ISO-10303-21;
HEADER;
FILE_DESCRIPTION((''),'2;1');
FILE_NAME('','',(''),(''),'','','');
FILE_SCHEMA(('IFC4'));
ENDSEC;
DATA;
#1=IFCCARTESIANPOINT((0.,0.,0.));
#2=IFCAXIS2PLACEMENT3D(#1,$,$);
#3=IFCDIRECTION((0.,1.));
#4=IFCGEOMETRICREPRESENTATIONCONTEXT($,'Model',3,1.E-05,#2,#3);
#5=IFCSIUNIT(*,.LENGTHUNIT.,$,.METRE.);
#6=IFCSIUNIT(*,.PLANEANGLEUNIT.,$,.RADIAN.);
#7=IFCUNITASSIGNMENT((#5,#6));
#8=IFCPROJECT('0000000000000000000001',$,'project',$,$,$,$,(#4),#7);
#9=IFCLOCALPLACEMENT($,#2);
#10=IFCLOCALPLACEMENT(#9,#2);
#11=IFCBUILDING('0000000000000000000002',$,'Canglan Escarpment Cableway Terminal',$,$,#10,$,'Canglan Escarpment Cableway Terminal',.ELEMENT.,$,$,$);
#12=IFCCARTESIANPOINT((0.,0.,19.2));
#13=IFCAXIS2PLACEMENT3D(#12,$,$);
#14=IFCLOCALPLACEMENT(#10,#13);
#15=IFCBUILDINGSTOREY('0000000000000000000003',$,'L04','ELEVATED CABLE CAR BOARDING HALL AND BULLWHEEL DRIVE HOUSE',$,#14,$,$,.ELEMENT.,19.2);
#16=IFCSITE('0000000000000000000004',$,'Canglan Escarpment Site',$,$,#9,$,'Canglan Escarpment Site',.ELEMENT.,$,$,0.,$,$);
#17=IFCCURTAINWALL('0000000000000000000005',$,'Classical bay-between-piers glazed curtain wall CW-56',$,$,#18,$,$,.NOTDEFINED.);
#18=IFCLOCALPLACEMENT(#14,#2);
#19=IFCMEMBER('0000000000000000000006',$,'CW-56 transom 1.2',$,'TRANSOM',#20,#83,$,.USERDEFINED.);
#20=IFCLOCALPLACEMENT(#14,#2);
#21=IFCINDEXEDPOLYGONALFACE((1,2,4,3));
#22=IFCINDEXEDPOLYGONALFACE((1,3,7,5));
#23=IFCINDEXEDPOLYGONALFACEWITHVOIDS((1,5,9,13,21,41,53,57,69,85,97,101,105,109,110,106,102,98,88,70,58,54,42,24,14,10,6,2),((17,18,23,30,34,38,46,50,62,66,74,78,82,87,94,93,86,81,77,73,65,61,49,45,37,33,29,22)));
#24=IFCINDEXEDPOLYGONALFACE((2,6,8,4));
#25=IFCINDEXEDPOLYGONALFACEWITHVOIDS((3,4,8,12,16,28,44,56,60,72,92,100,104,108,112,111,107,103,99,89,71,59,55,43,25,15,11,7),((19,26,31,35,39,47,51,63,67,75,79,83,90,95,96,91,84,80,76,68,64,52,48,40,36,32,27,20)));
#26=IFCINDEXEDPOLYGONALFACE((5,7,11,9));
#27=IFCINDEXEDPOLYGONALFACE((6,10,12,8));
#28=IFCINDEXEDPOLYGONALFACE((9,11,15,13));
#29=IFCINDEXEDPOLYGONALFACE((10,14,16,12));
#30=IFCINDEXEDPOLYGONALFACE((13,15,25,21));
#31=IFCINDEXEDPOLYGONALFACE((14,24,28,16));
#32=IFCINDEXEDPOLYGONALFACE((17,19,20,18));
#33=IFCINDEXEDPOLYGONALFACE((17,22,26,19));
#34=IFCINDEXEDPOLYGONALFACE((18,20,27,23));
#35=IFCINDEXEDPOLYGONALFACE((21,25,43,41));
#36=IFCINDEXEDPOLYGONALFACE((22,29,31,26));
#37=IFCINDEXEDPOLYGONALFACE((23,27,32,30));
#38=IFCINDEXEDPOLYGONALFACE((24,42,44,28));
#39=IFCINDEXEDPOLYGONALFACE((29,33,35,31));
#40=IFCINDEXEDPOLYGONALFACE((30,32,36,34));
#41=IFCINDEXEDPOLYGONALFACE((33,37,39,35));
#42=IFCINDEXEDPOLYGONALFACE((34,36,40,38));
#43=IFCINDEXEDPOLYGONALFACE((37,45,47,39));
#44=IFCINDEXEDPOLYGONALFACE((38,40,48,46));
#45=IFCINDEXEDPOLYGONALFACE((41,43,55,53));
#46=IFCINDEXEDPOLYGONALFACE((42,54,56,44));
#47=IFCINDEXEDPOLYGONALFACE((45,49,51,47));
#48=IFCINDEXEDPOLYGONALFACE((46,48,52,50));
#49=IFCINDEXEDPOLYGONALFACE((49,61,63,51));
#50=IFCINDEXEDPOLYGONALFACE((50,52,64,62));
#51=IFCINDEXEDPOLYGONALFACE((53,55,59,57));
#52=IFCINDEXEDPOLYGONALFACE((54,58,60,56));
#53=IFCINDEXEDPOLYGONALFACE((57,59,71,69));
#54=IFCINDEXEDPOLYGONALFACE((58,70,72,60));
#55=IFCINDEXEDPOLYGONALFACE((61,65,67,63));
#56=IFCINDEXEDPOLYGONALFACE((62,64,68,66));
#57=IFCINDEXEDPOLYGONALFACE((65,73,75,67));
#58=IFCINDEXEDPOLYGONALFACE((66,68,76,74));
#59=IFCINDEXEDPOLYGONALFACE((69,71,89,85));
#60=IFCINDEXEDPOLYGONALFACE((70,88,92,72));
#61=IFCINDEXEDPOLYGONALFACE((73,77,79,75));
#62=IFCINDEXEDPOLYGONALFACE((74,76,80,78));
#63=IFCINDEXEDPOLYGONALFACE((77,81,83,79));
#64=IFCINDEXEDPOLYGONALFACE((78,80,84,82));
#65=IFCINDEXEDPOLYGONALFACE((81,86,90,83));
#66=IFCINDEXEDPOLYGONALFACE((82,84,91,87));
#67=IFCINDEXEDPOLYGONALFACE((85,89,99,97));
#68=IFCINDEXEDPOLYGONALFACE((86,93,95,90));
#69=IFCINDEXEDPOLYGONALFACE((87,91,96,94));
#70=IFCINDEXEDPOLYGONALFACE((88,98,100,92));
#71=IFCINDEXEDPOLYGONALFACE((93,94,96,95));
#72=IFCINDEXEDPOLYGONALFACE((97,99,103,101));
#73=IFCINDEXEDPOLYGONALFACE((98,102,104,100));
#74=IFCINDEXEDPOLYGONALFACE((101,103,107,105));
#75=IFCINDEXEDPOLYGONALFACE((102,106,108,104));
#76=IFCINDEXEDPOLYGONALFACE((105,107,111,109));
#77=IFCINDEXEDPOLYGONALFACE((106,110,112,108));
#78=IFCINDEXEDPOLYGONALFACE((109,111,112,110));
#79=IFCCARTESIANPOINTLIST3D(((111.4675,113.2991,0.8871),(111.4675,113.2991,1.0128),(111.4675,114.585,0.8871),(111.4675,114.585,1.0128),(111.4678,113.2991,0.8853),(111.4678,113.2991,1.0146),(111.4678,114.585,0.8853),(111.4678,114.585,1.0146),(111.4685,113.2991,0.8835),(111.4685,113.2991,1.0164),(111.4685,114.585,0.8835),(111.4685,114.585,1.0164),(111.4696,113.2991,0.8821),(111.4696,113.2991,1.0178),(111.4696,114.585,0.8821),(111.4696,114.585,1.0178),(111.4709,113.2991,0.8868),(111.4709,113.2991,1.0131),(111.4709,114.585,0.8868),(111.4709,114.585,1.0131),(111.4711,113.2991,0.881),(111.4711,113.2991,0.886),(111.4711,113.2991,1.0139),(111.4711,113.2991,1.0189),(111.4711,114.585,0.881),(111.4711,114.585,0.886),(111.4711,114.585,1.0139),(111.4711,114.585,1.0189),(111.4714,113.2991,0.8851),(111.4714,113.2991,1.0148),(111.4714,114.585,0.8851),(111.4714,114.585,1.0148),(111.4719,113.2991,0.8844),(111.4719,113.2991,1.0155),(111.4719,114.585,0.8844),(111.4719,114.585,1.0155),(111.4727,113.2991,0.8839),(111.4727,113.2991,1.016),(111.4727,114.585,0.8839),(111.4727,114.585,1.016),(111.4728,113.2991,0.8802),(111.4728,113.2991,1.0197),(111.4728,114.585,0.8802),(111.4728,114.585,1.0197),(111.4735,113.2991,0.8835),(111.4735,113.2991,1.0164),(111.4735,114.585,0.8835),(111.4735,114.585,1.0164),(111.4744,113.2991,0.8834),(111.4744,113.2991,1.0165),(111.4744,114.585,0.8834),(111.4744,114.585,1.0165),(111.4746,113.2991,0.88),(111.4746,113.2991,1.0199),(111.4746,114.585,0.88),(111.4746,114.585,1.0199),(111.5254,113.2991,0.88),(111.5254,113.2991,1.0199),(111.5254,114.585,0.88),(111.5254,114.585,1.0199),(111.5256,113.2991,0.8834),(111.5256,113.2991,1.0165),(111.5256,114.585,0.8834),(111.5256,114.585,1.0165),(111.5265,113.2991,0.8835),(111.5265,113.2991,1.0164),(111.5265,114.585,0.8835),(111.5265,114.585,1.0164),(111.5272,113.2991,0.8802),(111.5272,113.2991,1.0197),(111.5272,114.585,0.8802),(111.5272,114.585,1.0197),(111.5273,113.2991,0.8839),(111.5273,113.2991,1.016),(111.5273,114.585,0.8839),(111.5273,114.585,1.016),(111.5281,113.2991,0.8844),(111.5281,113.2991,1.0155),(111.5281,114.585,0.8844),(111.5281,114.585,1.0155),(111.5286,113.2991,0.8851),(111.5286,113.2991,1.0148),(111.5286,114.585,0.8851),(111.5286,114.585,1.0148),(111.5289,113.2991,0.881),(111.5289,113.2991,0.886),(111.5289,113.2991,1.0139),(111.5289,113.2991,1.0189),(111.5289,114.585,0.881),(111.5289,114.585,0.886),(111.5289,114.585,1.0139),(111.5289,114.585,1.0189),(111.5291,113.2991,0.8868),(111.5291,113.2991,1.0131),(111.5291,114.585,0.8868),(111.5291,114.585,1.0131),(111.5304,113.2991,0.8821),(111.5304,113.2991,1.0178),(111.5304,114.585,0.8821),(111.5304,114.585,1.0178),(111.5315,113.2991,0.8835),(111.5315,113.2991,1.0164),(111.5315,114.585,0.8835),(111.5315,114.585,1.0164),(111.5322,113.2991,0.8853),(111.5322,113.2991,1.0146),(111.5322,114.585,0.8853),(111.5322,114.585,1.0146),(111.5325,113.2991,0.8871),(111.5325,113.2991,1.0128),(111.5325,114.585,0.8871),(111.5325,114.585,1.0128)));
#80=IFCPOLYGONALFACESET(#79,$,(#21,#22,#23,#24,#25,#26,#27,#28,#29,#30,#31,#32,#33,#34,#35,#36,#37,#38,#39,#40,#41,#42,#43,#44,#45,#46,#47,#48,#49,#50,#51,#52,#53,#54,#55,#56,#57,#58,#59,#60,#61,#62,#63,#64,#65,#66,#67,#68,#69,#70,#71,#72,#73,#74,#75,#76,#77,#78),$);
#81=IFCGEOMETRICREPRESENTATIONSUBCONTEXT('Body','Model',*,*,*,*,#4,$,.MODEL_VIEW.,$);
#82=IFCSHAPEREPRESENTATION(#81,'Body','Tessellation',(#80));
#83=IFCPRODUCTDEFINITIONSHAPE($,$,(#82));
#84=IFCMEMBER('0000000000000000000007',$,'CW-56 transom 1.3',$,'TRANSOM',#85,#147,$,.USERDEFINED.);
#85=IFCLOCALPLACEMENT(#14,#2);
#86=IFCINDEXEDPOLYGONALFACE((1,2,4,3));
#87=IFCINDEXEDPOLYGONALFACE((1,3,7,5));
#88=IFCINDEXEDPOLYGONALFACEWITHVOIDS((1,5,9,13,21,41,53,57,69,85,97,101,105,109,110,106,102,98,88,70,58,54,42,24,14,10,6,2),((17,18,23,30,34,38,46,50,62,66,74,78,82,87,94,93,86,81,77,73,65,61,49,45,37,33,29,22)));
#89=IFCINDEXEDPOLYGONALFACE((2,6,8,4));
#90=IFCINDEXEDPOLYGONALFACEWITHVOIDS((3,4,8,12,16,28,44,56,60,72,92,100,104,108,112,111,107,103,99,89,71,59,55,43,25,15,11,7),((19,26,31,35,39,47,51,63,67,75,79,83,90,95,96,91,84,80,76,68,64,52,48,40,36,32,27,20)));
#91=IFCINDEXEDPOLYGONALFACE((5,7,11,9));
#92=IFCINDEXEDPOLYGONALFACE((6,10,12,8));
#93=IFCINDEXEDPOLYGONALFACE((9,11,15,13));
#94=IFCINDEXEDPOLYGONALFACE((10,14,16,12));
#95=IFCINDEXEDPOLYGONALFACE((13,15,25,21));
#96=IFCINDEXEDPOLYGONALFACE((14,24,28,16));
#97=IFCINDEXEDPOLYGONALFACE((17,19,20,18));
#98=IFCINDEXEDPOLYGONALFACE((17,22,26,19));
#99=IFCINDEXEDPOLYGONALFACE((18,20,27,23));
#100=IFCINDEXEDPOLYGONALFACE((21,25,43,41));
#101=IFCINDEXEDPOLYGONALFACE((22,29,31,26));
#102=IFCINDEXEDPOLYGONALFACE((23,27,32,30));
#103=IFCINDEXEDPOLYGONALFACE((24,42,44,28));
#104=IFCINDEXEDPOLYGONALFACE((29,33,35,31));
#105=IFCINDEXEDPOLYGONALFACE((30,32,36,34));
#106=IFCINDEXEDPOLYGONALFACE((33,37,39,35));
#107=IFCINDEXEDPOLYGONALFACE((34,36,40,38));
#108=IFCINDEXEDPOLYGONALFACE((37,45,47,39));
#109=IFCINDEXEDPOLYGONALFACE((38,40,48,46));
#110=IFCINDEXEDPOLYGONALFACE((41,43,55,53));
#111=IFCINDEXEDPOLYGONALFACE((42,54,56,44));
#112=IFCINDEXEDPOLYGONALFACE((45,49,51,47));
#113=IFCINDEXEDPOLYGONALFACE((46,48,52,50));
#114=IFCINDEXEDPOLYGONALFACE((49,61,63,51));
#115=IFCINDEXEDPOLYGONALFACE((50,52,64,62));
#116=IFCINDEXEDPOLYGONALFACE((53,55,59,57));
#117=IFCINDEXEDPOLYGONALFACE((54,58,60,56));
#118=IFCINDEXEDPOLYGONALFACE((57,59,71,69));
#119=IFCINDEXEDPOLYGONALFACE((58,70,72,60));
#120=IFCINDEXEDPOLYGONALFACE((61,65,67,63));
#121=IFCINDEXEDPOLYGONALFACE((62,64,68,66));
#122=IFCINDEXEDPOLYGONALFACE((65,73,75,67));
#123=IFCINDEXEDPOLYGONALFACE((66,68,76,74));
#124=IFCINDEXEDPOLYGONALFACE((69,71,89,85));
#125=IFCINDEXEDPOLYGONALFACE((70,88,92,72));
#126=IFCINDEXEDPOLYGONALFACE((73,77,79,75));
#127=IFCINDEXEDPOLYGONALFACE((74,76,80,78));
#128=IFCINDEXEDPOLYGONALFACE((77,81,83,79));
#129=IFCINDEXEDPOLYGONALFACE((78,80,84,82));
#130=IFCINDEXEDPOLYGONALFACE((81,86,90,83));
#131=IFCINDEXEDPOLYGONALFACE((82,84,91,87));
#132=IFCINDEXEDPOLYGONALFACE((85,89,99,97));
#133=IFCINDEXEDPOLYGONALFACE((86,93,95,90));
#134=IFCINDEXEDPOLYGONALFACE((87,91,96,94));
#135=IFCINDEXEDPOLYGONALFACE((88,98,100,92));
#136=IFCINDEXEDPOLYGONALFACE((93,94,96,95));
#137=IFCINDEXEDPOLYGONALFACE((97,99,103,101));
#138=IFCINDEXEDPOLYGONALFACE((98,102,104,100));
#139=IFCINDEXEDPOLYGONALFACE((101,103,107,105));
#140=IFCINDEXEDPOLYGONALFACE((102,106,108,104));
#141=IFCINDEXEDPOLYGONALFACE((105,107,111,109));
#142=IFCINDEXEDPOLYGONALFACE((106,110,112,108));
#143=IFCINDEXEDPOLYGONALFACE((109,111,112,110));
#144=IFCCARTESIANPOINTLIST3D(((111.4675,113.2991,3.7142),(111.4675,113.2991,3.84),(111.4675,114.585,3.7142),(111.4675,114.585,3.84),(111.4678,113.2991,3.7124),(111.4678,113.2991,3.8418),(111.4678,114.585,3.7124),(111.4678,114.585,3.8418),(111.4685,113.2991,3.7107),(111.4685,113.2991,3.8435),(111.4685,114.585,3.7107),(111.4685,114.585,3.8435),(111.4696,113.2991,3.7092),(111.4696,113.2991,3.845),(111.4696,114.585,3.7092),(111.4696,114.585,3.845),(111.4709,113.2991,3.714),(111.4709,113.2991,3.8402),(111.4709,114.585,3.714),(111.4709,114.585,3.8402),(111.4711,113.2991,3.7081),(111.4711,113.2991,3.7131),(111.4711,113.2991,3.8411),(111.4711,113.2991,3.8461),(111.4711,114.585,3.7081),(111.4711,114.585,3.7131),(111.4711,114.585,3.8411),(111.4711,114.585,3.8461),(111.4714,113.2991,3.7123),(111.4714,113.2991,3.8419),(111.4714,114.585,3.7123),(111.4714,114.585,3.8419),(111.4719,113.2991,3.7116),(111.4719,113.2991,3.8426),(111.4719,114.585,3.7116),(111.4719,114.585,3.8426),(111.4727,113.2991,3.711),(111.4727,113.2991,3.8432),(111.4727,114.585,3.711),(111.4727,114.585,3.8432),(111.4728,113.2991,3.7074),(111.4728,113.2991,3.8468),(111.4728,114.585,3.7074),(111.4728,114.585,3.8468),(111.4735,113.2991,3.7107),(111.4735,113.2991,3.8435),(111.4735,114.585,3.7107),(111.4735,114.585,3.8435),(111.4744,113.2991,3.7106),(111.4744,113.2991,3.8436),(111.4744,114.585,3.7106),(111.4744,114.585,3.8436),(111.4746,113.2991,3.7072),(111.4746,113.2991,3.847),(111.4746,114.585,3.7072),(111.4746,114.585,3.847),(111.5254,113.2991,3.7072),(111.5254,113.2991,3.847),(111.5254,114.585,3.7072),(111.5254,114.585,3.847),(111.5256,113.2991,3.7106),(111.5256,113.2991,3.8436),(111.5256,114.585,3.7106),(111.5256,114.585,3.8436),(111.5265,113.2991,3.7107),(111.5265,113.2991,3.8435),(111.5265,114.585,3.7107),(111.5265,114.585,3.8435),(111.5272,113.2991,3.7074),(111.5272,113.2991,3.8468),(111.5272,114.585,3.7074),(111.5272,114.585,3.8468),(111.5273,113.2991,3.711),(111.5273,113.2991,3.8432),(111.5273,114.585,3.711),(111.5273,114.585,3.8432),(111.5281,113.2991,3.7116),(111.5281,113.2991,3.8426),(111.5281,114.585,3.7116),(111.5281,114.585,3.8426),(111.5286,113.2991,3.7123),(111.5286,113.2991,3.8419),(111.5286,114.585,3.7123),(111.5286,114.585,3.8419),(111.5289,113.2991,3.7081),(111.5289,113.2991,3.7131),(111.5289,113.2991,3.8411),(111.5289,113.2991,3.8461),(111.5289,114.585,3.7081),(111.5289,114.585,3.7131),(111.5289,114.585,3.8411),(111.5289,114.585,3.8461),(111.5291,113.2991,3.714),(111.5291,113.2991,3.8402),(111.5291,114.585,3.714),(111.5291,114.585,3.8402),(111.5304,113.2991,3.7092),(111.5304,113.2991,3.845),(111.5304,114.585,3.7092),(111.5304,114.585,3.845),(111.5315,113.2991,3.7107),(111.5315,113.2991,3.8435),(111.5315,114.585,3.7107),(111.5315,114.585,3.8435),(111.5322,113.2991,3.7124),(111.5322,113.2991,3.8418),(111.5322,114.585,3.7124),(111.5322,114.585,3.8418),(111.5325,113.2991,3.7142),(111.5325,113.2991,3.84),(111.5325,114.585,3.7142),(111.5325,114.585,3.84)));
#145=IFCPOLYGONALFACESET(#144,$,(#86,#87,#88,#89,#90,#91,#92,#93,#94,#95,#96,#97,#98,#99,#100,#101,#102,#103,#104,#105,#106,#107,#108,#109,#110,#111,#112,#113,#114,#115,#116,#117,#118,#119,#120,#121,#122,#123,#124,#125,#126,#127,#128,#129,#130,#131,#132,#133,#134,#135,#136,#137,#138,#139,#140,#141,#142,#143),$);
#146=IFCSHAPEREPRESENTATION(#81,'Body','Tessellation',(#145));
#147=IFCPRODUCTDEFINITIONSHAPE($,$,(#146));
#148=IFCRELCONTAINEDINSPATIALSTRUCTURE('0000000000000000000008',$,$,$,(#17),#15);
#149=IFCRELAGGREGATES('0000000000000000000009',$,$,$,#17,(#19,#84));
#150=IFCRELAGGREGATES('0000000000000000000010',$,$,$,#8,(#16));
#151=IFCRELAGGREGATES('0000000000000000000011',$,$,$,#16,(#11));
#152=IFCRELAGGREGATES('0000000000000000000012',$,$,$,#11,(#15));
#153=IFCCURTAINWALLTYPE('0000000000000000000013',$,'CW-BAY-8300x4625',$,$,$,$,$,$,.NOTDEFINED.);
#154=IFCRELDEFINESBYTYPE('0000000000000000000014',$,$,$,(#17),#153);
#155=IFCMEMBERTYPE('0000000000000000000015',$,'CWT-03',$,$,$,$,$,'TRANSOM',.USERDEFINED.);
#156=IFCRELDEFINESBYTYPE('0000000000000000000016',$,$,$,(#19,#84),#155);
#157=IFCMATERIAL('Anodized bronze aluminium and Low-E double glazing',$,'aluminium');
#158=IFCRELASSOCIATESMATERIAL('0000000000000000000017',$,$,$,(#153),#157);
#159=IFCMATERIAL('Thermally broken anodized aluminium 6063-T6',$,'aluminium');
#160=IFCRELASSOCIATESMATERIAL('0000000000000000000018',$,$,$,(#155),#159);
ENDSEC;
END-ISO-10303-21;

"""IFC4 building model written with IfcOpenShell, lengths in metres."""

from ifc_helpers import new_model, si_unit, direction, frame, origin, origin_2d, place, context, subcontext, project, spatial, hollow_rectangle, extrude, material, material_profile, profile_set, type_object, element, aggregate, save


model = new_model("IFC4")

# Units and contexts
model_context = context("Model", 3, precision=1e-05, world=origin(), true_north=direction((0.0, 1.0)))
body_context = subcontext(model_context, "Body", "Model", "MODEL_VIEW")
ifc_project = project(units=[si_unit("LENGTHUNIT", "METRE"), si_unit("PLANEANGLEUNIT", "RADIAN")], contexts=[model_context])

# Site, building, storey
site_placement = place(None, origin())
site = spatial("IfcSite", under=ifc_project, at=site_placement, Name="Canglan Escarpment Site", LongName="Canglan Escarpment Site", CompositionType="ELEMENT", RefElevation=0.0)
building_placement = place(site_placement, origin())
building = spatial("IfcBuilding", under=site, at=building_placement, Name="Canglan Escarpment Cableway Terminal", LongName="Canglan Escarpment Cableway Terminal", CompositionType="ELEMENT")
storey_placement = place(building_placement, frame((0.0, 0.0, 19.2)))
storey = spatial("IfcBuildingStorey", under=building, at=storey_placement, Name="L04", Description="ELEVATED CABLE CAR BOARDING HALL AND BULLWHEEL DRIVE HOUSE", CompositionType="ELEMENT", Elevation=19.2)

# Curtain wall
ifc_material_1 = material(Name="Anodized bronze aluminium and Low-E double glazing", Category="aluminium")
ifc_material_2 = material(Name="Thermally broken anodized aluminium 6063-T6", Category="aluminium")
curtain_wall_type_1 = type_object("IfcCurtainWallType", Name="CW-BAY-8300x4625", PredefinedType="NOTDEFINED", material=ifc_material_1)
curtain_wall_1_placement = place(storey_placement, origin())
curtain_wall_1 = element("IfcCurtainWall", 1, at=curtain_wall_1_placement, inside=storey, type_object=curtain_wall_type_1, Name="Classical bay-between-piers glazed curtain wall CW-56", PredefinedType="NOTDEFINED")

# Members
ifc_material_profile_1 = material_profile(ifc_material_2, hollow_rectangle(XDim=0.0649, YDim=0.1399, WallThickness=0.0034, InnerFilletRadius=0.0034, OuterFilletRadius=0.0071, at=origin_2d()), Name="ALU-TRAN 65x140x3.5")
ifc_profile_set_1 = profile_set([ifc_material_profile_1], Name="Thermally broken anodized aluminium 6063-T6")
member_type_1 = type_object("IfcMemberType", Name="CWT-03", ElementType="TRANSOM", PredefinedType="USERDEFINED", material=ifc_profile_set_1)
member_1_placement = place(storey_placement, frame((111.5, 114.585, 0.95), z_axis=(0.0, -1.0, 0.0), x_axis=(1.0, 0.0, 0.0)))
member_1 = element("IfcMember", 2, at=member_1_placement, type_object=member_type_1, Name="CW-56 transom 1.2", ObjectType="TRANSOM", PredefinedType="USERDEFINED", context=body_context, shape_type="SweptSolid", body=[
    extrude(hollow_rectangle(XDim=0.0649, YDim=0.1399, WallThickness=0.0034, InnerFilletRadius=0.0034, OuterFilletRadius=0.0071, at=origin_2d()), origin(), (0.0, 0.0, 1.0), 1.2859),
])
member_2_placement = place(storey_placement, frame((111.5, 114.585, 3.7771), z_axis=(0.0, -1.0, 0.0), x_axis=(1.0, 0.0, 0.0)))
member_2 = element("IfcMember", 3, at=member_2_placement, type_object=member_type_1, Name="CW-56 transom 1.3", ObjectType="TRANSOM", PredefinedType="USERDEFINED", context=body_context, shape_type="SweptSolid", body=[
    extrude(hollow_rectangle(XDim=0.0649, YDim=0.1399, WallThickness=0.0034, InnerFilletRadius=0.0034, OuterFilletRadius=0.0071, at=origin_2d()), origin(), (0.0, 0.0, 1.0), 1.2859),
])

aggregate(curtain_wall_1, [member_1, member_2])

save(model, "model.ifc")
